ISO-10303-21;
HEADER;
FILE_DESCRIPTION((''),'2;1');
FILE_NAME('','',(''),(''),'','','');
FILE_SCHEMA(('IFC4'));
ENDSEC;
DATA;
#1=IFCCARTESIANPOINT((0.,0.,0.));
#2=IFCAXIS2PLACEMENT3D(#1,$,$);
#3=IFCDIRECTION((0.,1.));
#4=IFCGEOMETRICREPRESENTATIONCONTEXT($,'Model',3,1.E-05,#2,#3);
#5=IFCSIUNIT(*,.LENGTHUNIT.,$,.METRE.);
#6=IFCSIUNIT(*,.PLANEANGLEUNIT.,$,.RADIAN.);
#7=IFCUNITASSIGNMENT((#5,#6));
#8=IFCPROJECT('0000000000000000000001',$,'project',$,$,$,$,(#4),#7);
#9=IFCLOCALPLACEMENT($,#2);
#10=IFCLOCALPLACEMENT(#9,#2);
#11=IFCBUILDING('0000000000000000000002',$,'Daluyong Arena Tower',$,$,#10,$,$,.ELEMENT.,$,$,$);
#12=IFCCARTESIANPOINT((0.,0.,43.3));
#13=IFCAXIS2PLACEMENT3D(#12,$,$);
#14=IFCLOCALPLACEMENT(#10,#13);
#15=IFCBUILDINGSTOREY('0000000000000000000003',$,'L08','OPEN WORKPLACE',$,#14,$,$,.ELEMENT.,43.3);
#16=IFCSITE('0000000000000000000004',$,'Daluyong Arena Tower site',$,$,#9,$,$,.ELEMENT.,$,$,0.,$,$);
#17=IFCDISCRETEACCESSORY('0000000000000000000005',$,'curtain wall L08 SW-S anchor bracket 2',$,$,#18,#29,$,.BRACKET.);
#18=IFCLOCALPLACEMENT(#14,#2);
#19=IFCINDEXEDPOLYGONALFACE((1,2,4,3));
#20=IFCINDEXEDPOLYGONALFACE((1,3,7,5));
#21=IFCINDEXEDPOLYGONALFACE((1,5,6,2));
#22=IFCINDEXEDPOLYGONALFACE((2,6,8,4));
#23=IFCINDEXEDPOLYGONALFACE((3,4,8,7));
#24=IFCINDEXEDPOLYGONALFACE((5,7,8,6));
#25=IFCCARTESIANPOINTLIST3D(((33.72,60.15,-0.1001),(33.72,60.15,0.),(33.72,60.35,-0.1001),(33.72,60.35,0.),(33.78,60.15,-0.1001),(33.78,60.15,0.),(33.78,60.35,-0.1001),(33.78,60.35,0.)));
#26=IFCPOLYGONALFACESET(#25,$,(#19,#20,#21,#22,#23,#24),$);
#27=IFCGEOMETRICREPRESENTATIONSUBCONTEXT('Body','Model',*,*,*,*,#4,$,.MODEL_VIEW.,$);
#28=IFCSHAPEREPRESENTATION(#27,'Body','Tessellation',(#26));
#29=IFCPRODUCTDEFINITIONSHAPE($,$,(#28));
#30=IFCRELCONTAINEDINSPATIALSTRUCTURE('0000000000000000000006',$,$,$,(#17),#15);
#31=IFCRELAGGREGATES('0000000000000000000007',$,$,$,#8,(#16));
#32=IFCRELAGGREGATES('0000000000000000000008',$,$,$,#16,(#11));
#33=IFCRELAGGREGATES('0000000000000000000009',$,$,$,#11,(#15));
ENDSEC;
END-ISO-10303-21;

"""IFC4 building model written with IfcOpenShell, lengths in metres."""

from ifc_helpers import new_model, si_unit, direction, frame, origin, origin_2d, place, context, subcontext, project, spatial, rectangle, extrude, element, save


model = new_model("IFC4")

# Units and contexts
model_context = context("Model", 3, precision=1e-05, world=origin(), true_north=direction((0.0, 1.0)))
body_context = subcontext(model_context, "Body", "Model", "MODEL_VIEW")
ifc_project = project(units=[si_unit("LENGTHUNIT", "METRE"), si_unit("PLANEANGLEUNIT", "RADIAN")], contexts=[model_context])

# Site, building, storey
site_placement = place(None, origin())
site = spatial("IfcSite", under=ifc_project, at=site_placement, Name="Daluyong Arena Tower site", CompositionType="ELEMENT", RefElevation=0.0)
building_placement = place(site_placement, origin())
building = spatial("IfcBuilding", under=site, at=building_placement, Name="Daluyong Arena Tower", CompositionType="ELEMENT")
storey_placement = place(building_placement, frame((0.0, 0.0, 43.3)))
storey = spatial("IfcBuildingStorey", under=building, at=storey_placement, Name="L08", Description="OPEN WORKPLACE", CompositionType="ELEMENT", Elevation=43.3)

# Discrete accessory
discrete_accessory_placement = place(storey_placement, frame((33.75, 60.25, -0.1001), z_axis=(0.0, 0.0, 1.0), x_axis=(1.0, 0.0, 0.0)))
element("IfcDiscreteAccessory", 1, at=discrete_accessory_placement, inside=storey, Name="curtain wall L08 SW-S anchor bracket 2", PredefinedType="BRACKET", context=body_context, shape_type="SweptSolid", body=[
    extrude(rectangle(XDim=0.0601, YDim=0.2, at=origin_2d()), origin(), (0.0, 0.0, 1.0), 0.1001),
])

save(model, "model.ifc")
